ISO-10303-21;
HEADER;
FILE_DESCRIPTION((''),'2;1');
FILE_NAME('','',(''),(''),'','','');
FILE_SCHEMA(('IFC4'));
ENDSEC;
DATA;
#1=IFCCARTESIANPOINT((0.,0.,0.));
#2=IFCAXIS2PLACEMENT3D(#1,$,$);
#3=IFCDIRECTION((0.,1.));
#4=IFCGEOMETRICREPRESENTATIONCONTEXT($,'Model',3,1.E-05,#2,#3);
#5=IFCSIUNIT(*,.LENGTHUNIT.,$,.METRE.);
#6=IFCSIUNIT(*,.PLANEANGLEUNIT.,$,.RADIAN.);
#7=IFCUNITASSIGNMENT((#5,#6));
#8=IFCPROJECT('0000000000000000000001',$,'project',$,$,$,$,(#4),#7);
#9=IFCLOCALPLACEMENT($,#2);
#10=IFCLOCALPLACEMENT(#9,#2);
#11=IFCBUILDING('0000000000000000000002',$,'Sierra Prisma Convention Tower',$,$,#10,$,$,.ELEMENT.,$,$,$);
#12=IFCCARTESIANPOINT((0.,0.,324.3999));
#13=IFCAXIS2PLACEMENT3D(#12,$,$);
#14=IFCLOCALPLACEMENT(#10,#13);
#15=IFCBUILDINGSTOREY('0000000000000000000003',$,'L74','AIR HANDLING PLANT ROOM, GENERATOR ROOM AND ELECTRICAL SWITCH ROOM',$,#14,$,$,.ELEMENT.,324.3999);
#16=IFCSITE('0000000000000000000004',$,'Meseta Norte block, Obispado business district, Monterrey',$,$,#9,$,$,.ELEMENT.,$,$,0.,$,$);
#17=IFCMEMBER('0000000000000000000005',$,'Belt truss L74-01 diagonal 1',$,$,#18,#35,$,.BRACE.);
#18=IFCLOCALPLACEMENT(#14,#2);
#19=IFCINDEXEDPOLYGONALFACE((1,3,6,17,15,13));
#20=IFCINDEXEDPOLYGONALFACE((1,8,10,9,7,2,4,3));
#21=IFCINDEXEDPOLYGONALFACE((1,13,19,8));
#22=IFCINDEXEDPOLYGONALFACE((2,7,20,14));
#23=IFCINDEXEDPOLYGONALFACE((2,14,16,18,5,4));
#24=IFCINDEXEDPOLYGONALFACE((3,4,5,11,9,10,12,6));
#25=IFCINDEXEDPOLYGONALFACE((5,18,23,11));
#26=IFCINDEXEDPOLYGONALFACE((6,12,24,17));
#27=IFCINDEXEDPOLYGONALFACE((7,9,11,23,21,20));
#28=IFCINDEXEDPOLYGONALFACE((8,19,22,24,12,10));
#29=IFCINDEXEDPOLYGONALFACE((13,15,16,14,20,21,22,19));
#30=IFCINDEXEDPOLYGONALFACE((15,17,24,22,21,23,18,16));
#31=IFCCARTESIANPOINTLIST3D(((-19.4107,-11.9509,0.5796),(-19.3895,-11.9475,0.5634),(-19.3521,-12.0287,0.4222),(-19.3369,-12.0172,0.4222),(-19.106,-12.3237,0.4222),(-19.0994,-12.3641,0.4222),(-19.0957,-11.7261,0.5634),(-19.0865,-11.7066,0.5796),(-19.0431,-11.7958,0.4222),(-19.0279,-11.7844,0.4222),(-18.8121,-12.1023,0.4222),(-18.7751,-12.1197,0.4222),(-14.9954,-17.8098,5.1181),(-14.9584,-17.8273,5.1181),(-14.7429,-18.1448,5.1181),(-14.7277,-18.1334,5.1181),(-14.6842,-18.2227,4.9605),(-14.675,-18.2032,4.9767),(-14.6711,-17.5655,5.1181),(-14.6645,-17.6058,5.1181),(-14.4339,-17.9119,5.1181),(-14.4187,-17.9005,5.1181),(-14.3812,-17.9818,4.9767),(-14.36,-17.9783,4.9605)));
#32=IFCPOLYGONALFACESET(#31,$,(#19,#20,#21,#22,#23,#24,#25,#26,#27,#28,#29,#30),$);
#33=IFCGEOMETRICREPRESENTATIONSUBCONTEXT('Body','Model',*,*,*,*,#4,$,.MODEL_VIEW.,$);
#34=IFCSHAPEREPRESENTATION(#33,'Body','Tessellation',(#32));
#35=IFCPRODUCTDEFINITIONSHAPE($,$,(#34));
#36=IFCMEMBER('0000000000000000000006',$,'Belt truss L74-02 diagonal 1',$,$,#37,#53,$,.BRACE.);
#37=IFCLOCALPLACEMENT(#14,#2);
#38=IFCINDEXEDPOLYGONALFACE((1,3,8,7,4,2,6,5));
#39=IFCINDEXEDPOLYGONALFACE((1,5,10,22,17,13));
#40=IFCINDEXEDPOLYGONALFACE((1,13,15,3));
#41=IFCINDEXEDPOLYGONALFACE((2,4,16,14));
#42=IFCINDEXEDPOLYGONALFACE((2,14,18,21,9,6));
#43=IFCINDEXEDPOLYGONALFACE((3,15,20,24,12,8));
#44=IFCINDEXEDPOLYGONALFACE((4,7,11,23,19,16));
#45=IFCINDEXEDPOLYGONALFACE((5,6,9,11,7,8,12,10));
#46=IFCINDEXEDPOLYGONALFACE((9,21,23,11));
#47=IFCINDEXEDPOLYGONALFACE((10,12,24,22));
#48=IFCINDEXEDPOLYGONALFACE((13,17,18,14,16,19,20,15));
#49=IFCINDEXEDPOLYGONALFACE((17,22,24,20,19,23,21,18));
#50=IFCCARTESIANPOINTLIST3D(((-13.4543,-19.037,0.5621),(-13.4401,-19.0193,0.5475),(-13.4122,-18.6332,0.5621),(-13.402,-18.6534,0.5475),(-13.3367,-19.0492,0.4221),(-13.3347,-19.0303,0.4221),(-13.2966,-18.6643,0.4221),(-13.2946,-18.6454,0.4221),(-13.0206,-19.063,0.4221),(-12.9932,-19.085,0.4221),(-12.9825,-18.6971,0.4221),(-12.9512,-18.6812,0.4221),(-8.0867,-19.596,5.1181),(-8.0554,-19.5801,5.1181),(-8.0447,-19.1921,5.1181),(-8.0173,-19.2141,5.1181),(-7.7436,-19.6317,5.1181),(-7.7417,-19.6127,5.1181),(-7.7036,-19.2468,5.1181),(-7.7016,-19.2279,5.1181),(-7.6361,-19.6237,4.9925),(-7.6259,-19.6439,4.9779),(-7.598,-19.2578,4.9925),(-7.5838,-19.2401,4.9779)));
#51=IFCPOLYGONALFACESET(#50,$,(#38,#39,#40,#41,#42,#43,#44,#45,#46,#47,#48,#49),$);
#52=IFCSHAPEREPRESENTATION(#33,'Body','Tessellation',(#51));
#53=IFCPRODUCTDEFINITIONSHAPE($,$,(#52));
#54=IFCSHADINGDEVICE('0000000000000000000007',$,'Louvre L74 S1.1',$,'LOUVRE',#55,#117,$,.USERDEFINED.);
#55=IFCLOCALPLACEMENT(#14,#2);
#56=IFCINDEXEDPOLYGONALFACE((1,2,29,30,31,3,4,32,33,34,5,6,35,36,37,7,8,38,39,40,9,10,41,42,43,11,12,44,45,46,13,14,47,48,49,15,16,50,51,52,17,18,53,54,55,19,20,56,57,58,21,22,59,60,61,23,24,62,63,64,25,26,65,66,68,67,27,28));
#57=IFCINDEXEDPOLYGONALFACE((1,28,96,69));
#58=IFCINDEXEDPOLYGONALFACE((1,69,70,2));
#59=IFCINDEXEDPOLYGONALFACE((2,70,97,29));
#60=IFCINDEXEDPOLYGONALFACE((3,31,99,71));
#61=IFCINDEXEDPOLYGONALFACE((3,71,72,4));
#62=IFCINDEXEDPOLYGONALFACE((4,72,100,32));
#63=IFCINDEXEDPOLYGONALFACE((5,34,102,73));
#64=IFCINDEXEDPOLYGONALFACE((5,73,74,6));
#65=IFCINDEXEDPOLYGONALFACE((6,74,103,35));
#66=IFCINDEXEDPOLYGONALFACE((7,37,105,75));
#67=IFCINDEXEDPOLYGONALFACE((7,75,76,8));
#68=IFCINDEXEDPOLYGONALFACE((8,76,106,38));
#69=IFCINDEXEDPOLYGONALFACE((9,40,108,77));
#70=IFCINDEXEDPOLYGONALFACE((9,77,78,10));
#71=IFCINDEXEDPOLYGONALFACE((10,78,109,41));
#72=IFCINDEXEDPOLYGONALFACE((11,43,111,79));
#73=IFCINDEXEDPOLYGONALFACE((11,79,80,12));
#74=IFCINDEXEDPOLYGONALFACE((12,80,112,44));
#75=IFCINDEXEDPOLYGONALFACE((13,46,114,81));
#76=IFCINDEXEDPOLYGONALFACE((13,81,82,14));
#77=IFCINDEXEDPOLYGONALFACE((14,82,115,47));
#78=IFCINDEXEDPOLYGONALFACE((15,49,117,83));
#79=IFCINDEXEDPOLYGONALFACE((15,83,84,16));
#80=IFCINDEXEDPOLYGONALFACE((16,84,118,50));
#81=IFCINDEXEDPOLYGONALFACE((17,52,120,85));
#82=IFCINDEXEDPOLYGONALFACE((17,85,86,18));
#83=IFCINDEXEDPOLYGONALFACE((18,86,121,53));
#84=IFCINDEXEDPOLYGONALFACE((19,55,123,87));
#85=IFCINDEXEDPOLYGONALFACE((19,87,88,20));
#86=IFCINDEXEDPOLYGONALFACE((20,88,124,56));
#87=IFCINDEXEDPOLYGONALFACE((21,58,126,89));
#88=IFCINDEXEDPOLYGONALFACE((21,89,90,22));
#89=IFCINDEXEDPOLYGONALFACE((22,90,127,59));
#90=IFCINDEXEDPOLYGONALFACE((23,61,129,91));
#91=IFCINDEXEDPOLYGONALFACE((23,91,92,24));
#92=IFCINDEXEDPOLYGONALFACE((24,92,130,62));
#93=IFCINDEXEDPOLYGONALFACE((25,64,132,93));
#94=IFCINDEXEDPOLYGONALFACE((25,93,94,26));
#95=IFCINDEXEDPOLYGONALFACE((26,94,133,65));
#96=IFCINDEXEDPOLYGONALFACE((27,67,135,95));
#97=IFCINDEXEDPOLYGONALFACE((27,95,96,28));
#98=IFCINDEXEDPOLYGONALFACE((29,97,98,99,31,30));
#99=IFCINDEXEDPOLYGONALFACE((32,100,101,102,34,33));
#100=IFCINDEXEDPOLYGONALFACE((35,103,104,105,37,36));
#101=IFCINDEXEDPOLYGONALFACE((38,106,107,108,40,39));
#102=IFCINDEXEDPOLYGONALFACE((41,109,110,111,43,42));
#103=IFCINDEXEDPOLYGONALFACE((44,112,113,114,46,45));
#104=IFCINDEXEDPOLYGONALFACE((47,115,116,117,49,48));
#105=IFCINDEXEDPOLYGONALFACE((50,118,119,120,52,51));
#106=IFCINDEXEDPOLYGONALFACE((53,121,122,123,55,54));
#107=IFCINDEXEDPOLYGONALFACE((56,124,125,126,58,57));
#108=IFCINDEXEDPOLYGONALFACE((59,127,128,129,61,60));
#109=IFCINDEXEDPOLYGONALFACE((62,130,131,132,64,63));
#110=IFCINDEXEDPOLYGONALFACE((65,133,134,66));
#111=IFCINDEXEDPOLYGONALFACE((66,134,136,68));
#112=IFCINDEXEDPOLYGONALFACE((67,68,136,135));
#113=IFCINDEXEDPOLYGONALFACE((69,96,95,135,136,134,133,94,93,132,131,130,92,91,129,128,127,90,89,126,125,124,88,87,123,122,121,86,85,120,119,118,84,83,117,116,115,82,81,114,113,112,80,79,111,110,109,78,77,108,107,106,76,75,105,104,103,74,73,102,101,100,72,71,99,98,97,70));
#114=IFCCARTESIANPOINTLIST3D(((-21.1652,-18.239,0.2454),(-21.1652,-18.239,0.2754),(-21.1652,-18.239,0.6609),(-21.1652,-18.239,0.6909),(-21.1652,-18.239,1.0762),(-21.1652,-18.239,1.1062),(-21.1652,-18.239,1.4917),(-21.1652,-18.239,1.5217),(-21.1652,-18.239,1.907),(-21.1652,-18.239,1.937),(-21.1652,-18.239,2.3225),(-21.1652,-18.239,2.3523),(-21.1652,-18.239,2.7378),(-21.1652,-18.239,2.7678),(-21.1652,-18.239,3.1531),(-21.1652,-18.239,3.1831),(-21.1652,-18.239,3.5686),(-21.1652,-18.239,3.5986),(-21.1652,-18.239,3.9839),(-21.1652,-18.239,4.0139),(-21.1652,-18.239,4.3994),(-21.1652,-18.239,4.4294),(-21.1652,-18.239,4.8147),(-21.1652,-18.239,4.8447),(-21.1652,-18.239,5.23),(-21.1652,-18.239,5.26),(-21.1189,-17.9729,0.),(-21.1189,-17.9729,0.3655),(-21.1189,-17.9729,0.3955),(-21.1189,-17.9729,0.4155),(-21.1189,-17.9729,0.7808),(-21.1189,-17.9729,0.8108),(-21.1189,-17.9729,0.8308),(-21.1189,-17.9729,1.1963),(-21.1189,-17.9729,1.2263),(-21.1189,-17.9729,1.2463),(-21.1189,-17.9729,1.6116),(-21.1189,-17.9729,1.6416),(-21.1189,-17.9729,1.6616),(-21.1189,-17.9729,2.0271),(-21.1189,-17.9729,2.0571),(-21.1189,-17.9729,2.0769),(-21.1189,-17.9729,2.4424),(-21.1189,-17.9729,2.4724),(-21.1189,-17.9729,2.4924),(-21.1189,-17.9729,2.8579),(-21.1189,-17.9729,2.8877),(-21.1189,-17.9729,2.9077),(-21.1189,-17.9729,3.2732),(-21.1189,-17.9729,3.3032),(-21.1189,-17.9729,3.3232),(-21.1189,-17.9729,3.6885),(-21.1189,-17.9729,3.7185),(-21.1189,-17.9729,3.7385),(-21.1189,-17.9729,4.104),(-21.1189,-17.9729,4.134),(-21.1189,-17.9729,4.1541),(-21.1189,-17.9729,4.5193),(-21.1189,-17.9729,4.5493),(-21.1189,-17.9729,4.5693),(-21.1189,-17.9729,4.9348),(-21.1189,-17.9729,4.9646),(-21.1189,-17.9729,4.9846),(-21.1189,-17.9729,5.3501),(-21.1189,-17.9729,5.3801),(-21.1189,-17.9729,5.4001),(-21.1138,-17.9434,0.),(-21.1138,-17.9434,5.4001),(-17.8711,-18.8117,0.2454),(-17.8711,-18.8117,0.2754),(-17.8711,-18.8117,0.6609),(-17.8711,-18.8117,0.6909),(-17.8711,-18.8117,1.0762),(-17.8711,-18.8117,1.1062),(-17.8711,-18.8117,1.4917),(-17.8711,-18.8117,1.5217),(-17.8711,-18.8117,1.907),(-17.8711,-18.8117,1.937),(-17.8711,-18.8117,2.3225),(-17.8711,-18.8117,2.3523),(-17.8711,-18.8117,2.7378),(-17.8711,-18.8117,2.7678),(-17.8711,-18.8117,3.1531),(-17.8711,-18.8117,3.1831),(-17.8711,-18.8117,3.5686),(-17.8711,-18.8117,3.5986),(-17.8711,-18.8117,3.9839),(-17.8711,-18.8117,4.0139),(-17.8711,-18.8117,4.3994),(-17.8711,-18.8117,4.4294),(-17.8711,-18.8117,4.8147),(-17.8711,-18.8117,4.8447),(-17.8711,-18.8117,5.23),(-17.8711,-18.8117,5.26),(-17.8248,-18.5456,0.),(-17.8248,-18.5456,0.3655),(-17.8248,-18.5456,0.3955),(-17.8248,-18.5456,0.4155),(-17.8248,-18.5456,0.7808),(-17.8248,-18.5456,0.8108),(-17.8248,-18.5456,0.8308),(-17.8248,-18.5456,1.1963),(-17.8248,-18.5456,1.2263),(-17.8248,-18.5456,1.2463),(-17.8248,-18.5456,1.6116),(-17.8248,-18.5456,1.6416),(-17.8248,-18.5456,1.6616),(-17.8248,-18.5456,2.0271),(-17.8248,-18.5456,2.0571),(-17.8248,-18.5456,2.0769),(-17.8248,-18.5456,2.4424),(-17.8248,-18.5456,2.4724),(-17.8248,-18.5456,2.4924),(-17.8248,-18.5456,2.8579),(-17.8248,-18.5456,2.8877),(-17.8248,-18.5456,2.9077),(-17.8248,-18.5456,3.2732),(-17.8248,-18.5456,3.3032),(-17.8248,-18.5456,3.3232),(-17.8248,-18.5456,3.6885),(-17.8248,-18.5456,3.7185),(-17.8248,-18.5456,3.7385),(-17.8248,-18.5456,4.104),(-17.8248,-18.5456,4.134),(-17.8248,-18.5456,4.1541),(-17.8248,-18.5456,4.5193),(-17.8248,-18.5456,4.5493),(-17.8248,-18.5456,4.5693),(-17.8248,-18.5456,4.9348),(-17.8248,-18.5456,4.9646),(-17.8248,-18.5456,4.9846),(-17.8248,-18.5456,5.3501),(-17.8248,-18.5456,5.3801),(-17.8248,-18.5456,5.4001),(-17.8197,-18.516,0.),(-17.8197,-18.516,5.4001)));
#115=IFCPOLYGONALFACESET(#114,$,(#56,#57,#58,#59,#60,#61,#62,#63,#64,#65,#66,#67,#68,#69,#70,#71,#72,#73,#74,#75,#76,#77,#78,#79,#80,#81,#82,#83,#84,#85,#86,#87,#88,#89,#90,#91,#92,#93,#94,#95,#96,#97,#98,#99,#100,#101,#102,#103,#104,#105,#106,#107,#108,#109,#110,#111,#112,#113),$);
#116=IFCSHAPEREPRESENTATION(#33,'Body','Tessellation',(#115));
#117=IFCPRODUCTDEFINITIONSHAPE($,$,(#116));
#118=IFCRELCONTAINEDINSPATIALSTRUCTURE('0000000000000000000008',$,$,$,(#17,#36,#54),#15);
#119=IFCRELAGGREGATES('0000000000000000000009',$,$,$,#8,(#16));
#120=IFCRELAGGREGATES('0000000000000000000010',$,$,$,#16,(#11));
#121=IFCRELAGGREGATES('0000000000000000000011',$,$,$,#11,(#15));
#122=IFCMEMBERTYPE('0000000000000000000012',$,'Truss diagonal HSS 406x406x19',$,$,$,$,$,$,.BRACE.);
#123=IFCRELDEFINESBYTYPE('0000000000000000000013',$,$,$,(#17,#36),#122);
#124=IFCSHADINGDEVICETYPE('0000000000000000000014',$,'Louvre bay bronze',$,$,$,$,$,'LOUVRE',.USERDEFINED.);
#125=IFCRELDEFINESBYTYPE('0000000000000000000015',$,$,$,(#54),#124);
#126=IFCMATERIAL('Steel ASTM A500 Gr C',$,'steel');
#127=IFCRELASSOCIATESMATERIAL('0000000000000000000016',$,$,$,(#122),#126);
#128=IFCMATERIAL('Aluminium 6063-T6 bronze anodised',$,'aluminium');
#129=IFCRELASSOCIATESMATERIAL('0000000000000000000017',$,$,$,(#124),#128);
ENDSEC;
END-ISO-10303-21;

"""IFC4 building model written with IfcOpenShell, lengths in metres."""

from ifc_helpers import new_model, si_unit, direction, frame, origin, origin_2d, place, context, subcontext, project, spatial, polyline, hollow_rectangle, outline, extrude, clip, halfspace, material, material_profile, profile_set, type_object, element, save


model = new_model("IFC4")

# Units and contexts
model_context = context("Model", 3, precision=1e-05, world=origin(), true_north=direction((0.0, 1.0)))
body_context = subcontext(model_context, "Body", "Model", "MODEL_VIEW")
ifc_project = project(units=[si_unit("LENGTHUNIT", "METRE"), si_unit("PLANEANGLEUNIT", "RADIAN")], contexts=[model_context])

# Site, building, storey
site_placement = place(None, origin())
site = spatial("IfcSite", under=ifc_project, at=site_placement, Name="Meseta Norte block, Obispado business district, Monterrey", CompositionType="ELEMENT", RefElevation=0.0)
building_placement = place(site_placement, origin())
building = spatial("IfcBuilding", under=site, at=building_placement, Name="Sierra Prisma Convention Tower", CompositionType="ELEMENT")
storey_placement = place(building_placement, frame((0.0, 0.0, 324.3999)))
storey = spatial("IfcBuildingStorey", under=building, at=storey_placement, Name="L74", Description="AIR HANDLING PLANT ROOM, GENERATOR ROOM AND ELECTRICAL SWITCH ROOM", CompositionType="ELEMENT", Elevation=324.3999)

# Members
ifc_material_1 = material(Name="Steel ASTM A500 Gr C", Category="steel")
ifc_material_profile_1 = material_profile(ifc_material_1, hollow_rectangle(XDim=0.406, YDim=0.406, WallThickness=0.019, at=origin_2d()), Name="Truss diagonal HSS 406x406x19")
ifc_profile_set_1 = profile_set([ifc_material_profile_1], Name="Steel ASTM A500 Gr C")
member_type = type_object("IfcMemberType", Name="Truss diagonal HSS 406x406x19", PredefinedType="BRACE", material=ifc_profile_set_1)
member_1_placement = place(storey_placement, frame((-19.1843, -11.9141, 0.407), z_axis=(0.511828, -0.679158, 0.526096), x_axis=(0.79861, 0.601849, 0.0)))
element("IfcMember", 1, at=member_1_placement, inside=storey, type_object=member_type, Name="Belt truss L74-01 diagonal 1", PredefinedType="BRACE", context=body_context, shape_type="SweptSolid", body=[
    clip(clip(extrude(hollow_rectangle(XDim=0.406, YDim=0.406, WallThickness=0.019, at=origin_2d()), origin(), (0.0, 0.0, 1.0), 8.9834), halfspace(frame((0.0, 0.0129, 0.0081), z_axis=(0.0, 0.850425, 0.526096), x_axis=(1.0, 0.0, 0.0)), True)), halfspace(frame((0.0, -0.0127, 8.9753), z_axis=(0.0, -0.850425, -0.526096), x_axis=(1.0, 0.0, 0.0)), True)),
])
member_2_placement = place(storey_placement, frame((-13.303, -18.8486, 0.407), z_axis=(0.759995, -0.079145, 0.645092), x_axis=(0.103579, 0.994621, 0.0)))
element("IfcMember", 2, at=member_2_placement, inside=storey, type_object=member_type, Name="Belt truss L74-02 diagonal 1", PredefinedType="BRACE", context=body_context, shape_type="SweptSolid", body=[
    clip(clip(extrude(hollow_rectangle(XDim=0.406, YDim=0.406, WallThickness=0.019, at=origin_2d()), origin(), (0.0, 0.0, 1.0), 7.3262), halfspace(frame((0.0, 0.0117, 0.0095), z_axis=(0.0, 0.764105, 0.645092), x_axis=(1.0, 0.0, 0.0)), True)), halfspace(frame((0.0, -0.0115, 7.3167), z_axis=(0.0, -0.764105, -0.645092), x_axis=(1.0, 0.0, 0.0)), True)),
])

# Shading device
ifc_material_2 = material(Name="Aluminium 6063-T6 bronze anodised", Category="aluminium")
shading_device_type = type_object("IfcShadingDeviceType", Name="Louvre bay bronze", ElementType="LOUVRE", PredefinedType="USERDEFINED", material=ifc_material_2)
shading_device_1_placement = place(storey_placement, frame((-21.1138, -17.9434, 0.0), z_axis=(-0.985222, 0.171283, 0.0), x_axis=(0.0, 0.0, 1.0)))
element("IfcShadingDevice", 3, at=shading_device_1_placement, inside=storey, type_object=shading_device_type, Name="Louvre L74 S1.1", ObjectType="LOUVRE", PredefinedType="USERDEFINED", context=body_context, shape_type="SweptSolid", body=[
    extrude(outline(polyline([(0.0, 0.0), (5.4001, 0.0), (5.4001, -0.03), (5.3801, -0.03), (5.26, -0.3001), (5.23, -0.3001), (5.3501, -0.03), (4.9846, -0.03), (4.9646, -0.03), (4.8447, -0.3001), (4.8147, -0.3001), (4.9348, -0.03), (4.5693, -0.03), (4.5493, -0.03), (4.4294, -0.3001), (4.3994, -0.3001), (4.5193, -0.03), (4.1541, -0.03), (4.134, -0.03), (4.0139, -0.3001), (3.9839, -0.3001), (4.104, -0.03), (3.7385, -0.03), (3.7185, -0.03), (3.5986, -0.3001), (3.5686, -0.3001), (3.6885, -0.03), (3.3232, -0.03), (3.3032, -0.03), (3.1831, -0.3001), (3.1531, -0.3001), (3.2732, -0.03), (2.9077, -0.03), (2.8877, -0.03), (2.7678, -0.3001), (2.7378, -0.3001), (2.8579, -0.03), (2.4924, -0.03), (2.4724, -0.03), (2.3523, -0.3001), (2.3225, -0.3001), (2.4424, -0.03), (2.0769, -0.03), (2.0571, -0.03), (1.937, -0.3001), (1.907, -0.3001), (2.0271, -0.03), (1.6616, -0.03), (1.6416, -0.03), (1.5217, -0.3001), (1.4917, -0.3001), (1.6116, -0.03), (1.2463, -0.03), (1.2263, -0.03), (1.1062, -0.3001), (1.0762, -0.3001), (1.1963, -0.03), (0.8308, -0.03), (0.8108, -0.03), (0.6909, -0.3001), (0.6609, -0.3001), (0.7808, -0.03), (0.4155, -0.03), (0.3955, -0.03), (0.2754, -0.3001), (0.2454, -0.3001), (0.3655, -0.03), (0.0, -0.03), (0.0, 0.0)])), origin(), (0.0, 0.0, -1.0), 3.3435),
])

save(model, "model.ifc")
